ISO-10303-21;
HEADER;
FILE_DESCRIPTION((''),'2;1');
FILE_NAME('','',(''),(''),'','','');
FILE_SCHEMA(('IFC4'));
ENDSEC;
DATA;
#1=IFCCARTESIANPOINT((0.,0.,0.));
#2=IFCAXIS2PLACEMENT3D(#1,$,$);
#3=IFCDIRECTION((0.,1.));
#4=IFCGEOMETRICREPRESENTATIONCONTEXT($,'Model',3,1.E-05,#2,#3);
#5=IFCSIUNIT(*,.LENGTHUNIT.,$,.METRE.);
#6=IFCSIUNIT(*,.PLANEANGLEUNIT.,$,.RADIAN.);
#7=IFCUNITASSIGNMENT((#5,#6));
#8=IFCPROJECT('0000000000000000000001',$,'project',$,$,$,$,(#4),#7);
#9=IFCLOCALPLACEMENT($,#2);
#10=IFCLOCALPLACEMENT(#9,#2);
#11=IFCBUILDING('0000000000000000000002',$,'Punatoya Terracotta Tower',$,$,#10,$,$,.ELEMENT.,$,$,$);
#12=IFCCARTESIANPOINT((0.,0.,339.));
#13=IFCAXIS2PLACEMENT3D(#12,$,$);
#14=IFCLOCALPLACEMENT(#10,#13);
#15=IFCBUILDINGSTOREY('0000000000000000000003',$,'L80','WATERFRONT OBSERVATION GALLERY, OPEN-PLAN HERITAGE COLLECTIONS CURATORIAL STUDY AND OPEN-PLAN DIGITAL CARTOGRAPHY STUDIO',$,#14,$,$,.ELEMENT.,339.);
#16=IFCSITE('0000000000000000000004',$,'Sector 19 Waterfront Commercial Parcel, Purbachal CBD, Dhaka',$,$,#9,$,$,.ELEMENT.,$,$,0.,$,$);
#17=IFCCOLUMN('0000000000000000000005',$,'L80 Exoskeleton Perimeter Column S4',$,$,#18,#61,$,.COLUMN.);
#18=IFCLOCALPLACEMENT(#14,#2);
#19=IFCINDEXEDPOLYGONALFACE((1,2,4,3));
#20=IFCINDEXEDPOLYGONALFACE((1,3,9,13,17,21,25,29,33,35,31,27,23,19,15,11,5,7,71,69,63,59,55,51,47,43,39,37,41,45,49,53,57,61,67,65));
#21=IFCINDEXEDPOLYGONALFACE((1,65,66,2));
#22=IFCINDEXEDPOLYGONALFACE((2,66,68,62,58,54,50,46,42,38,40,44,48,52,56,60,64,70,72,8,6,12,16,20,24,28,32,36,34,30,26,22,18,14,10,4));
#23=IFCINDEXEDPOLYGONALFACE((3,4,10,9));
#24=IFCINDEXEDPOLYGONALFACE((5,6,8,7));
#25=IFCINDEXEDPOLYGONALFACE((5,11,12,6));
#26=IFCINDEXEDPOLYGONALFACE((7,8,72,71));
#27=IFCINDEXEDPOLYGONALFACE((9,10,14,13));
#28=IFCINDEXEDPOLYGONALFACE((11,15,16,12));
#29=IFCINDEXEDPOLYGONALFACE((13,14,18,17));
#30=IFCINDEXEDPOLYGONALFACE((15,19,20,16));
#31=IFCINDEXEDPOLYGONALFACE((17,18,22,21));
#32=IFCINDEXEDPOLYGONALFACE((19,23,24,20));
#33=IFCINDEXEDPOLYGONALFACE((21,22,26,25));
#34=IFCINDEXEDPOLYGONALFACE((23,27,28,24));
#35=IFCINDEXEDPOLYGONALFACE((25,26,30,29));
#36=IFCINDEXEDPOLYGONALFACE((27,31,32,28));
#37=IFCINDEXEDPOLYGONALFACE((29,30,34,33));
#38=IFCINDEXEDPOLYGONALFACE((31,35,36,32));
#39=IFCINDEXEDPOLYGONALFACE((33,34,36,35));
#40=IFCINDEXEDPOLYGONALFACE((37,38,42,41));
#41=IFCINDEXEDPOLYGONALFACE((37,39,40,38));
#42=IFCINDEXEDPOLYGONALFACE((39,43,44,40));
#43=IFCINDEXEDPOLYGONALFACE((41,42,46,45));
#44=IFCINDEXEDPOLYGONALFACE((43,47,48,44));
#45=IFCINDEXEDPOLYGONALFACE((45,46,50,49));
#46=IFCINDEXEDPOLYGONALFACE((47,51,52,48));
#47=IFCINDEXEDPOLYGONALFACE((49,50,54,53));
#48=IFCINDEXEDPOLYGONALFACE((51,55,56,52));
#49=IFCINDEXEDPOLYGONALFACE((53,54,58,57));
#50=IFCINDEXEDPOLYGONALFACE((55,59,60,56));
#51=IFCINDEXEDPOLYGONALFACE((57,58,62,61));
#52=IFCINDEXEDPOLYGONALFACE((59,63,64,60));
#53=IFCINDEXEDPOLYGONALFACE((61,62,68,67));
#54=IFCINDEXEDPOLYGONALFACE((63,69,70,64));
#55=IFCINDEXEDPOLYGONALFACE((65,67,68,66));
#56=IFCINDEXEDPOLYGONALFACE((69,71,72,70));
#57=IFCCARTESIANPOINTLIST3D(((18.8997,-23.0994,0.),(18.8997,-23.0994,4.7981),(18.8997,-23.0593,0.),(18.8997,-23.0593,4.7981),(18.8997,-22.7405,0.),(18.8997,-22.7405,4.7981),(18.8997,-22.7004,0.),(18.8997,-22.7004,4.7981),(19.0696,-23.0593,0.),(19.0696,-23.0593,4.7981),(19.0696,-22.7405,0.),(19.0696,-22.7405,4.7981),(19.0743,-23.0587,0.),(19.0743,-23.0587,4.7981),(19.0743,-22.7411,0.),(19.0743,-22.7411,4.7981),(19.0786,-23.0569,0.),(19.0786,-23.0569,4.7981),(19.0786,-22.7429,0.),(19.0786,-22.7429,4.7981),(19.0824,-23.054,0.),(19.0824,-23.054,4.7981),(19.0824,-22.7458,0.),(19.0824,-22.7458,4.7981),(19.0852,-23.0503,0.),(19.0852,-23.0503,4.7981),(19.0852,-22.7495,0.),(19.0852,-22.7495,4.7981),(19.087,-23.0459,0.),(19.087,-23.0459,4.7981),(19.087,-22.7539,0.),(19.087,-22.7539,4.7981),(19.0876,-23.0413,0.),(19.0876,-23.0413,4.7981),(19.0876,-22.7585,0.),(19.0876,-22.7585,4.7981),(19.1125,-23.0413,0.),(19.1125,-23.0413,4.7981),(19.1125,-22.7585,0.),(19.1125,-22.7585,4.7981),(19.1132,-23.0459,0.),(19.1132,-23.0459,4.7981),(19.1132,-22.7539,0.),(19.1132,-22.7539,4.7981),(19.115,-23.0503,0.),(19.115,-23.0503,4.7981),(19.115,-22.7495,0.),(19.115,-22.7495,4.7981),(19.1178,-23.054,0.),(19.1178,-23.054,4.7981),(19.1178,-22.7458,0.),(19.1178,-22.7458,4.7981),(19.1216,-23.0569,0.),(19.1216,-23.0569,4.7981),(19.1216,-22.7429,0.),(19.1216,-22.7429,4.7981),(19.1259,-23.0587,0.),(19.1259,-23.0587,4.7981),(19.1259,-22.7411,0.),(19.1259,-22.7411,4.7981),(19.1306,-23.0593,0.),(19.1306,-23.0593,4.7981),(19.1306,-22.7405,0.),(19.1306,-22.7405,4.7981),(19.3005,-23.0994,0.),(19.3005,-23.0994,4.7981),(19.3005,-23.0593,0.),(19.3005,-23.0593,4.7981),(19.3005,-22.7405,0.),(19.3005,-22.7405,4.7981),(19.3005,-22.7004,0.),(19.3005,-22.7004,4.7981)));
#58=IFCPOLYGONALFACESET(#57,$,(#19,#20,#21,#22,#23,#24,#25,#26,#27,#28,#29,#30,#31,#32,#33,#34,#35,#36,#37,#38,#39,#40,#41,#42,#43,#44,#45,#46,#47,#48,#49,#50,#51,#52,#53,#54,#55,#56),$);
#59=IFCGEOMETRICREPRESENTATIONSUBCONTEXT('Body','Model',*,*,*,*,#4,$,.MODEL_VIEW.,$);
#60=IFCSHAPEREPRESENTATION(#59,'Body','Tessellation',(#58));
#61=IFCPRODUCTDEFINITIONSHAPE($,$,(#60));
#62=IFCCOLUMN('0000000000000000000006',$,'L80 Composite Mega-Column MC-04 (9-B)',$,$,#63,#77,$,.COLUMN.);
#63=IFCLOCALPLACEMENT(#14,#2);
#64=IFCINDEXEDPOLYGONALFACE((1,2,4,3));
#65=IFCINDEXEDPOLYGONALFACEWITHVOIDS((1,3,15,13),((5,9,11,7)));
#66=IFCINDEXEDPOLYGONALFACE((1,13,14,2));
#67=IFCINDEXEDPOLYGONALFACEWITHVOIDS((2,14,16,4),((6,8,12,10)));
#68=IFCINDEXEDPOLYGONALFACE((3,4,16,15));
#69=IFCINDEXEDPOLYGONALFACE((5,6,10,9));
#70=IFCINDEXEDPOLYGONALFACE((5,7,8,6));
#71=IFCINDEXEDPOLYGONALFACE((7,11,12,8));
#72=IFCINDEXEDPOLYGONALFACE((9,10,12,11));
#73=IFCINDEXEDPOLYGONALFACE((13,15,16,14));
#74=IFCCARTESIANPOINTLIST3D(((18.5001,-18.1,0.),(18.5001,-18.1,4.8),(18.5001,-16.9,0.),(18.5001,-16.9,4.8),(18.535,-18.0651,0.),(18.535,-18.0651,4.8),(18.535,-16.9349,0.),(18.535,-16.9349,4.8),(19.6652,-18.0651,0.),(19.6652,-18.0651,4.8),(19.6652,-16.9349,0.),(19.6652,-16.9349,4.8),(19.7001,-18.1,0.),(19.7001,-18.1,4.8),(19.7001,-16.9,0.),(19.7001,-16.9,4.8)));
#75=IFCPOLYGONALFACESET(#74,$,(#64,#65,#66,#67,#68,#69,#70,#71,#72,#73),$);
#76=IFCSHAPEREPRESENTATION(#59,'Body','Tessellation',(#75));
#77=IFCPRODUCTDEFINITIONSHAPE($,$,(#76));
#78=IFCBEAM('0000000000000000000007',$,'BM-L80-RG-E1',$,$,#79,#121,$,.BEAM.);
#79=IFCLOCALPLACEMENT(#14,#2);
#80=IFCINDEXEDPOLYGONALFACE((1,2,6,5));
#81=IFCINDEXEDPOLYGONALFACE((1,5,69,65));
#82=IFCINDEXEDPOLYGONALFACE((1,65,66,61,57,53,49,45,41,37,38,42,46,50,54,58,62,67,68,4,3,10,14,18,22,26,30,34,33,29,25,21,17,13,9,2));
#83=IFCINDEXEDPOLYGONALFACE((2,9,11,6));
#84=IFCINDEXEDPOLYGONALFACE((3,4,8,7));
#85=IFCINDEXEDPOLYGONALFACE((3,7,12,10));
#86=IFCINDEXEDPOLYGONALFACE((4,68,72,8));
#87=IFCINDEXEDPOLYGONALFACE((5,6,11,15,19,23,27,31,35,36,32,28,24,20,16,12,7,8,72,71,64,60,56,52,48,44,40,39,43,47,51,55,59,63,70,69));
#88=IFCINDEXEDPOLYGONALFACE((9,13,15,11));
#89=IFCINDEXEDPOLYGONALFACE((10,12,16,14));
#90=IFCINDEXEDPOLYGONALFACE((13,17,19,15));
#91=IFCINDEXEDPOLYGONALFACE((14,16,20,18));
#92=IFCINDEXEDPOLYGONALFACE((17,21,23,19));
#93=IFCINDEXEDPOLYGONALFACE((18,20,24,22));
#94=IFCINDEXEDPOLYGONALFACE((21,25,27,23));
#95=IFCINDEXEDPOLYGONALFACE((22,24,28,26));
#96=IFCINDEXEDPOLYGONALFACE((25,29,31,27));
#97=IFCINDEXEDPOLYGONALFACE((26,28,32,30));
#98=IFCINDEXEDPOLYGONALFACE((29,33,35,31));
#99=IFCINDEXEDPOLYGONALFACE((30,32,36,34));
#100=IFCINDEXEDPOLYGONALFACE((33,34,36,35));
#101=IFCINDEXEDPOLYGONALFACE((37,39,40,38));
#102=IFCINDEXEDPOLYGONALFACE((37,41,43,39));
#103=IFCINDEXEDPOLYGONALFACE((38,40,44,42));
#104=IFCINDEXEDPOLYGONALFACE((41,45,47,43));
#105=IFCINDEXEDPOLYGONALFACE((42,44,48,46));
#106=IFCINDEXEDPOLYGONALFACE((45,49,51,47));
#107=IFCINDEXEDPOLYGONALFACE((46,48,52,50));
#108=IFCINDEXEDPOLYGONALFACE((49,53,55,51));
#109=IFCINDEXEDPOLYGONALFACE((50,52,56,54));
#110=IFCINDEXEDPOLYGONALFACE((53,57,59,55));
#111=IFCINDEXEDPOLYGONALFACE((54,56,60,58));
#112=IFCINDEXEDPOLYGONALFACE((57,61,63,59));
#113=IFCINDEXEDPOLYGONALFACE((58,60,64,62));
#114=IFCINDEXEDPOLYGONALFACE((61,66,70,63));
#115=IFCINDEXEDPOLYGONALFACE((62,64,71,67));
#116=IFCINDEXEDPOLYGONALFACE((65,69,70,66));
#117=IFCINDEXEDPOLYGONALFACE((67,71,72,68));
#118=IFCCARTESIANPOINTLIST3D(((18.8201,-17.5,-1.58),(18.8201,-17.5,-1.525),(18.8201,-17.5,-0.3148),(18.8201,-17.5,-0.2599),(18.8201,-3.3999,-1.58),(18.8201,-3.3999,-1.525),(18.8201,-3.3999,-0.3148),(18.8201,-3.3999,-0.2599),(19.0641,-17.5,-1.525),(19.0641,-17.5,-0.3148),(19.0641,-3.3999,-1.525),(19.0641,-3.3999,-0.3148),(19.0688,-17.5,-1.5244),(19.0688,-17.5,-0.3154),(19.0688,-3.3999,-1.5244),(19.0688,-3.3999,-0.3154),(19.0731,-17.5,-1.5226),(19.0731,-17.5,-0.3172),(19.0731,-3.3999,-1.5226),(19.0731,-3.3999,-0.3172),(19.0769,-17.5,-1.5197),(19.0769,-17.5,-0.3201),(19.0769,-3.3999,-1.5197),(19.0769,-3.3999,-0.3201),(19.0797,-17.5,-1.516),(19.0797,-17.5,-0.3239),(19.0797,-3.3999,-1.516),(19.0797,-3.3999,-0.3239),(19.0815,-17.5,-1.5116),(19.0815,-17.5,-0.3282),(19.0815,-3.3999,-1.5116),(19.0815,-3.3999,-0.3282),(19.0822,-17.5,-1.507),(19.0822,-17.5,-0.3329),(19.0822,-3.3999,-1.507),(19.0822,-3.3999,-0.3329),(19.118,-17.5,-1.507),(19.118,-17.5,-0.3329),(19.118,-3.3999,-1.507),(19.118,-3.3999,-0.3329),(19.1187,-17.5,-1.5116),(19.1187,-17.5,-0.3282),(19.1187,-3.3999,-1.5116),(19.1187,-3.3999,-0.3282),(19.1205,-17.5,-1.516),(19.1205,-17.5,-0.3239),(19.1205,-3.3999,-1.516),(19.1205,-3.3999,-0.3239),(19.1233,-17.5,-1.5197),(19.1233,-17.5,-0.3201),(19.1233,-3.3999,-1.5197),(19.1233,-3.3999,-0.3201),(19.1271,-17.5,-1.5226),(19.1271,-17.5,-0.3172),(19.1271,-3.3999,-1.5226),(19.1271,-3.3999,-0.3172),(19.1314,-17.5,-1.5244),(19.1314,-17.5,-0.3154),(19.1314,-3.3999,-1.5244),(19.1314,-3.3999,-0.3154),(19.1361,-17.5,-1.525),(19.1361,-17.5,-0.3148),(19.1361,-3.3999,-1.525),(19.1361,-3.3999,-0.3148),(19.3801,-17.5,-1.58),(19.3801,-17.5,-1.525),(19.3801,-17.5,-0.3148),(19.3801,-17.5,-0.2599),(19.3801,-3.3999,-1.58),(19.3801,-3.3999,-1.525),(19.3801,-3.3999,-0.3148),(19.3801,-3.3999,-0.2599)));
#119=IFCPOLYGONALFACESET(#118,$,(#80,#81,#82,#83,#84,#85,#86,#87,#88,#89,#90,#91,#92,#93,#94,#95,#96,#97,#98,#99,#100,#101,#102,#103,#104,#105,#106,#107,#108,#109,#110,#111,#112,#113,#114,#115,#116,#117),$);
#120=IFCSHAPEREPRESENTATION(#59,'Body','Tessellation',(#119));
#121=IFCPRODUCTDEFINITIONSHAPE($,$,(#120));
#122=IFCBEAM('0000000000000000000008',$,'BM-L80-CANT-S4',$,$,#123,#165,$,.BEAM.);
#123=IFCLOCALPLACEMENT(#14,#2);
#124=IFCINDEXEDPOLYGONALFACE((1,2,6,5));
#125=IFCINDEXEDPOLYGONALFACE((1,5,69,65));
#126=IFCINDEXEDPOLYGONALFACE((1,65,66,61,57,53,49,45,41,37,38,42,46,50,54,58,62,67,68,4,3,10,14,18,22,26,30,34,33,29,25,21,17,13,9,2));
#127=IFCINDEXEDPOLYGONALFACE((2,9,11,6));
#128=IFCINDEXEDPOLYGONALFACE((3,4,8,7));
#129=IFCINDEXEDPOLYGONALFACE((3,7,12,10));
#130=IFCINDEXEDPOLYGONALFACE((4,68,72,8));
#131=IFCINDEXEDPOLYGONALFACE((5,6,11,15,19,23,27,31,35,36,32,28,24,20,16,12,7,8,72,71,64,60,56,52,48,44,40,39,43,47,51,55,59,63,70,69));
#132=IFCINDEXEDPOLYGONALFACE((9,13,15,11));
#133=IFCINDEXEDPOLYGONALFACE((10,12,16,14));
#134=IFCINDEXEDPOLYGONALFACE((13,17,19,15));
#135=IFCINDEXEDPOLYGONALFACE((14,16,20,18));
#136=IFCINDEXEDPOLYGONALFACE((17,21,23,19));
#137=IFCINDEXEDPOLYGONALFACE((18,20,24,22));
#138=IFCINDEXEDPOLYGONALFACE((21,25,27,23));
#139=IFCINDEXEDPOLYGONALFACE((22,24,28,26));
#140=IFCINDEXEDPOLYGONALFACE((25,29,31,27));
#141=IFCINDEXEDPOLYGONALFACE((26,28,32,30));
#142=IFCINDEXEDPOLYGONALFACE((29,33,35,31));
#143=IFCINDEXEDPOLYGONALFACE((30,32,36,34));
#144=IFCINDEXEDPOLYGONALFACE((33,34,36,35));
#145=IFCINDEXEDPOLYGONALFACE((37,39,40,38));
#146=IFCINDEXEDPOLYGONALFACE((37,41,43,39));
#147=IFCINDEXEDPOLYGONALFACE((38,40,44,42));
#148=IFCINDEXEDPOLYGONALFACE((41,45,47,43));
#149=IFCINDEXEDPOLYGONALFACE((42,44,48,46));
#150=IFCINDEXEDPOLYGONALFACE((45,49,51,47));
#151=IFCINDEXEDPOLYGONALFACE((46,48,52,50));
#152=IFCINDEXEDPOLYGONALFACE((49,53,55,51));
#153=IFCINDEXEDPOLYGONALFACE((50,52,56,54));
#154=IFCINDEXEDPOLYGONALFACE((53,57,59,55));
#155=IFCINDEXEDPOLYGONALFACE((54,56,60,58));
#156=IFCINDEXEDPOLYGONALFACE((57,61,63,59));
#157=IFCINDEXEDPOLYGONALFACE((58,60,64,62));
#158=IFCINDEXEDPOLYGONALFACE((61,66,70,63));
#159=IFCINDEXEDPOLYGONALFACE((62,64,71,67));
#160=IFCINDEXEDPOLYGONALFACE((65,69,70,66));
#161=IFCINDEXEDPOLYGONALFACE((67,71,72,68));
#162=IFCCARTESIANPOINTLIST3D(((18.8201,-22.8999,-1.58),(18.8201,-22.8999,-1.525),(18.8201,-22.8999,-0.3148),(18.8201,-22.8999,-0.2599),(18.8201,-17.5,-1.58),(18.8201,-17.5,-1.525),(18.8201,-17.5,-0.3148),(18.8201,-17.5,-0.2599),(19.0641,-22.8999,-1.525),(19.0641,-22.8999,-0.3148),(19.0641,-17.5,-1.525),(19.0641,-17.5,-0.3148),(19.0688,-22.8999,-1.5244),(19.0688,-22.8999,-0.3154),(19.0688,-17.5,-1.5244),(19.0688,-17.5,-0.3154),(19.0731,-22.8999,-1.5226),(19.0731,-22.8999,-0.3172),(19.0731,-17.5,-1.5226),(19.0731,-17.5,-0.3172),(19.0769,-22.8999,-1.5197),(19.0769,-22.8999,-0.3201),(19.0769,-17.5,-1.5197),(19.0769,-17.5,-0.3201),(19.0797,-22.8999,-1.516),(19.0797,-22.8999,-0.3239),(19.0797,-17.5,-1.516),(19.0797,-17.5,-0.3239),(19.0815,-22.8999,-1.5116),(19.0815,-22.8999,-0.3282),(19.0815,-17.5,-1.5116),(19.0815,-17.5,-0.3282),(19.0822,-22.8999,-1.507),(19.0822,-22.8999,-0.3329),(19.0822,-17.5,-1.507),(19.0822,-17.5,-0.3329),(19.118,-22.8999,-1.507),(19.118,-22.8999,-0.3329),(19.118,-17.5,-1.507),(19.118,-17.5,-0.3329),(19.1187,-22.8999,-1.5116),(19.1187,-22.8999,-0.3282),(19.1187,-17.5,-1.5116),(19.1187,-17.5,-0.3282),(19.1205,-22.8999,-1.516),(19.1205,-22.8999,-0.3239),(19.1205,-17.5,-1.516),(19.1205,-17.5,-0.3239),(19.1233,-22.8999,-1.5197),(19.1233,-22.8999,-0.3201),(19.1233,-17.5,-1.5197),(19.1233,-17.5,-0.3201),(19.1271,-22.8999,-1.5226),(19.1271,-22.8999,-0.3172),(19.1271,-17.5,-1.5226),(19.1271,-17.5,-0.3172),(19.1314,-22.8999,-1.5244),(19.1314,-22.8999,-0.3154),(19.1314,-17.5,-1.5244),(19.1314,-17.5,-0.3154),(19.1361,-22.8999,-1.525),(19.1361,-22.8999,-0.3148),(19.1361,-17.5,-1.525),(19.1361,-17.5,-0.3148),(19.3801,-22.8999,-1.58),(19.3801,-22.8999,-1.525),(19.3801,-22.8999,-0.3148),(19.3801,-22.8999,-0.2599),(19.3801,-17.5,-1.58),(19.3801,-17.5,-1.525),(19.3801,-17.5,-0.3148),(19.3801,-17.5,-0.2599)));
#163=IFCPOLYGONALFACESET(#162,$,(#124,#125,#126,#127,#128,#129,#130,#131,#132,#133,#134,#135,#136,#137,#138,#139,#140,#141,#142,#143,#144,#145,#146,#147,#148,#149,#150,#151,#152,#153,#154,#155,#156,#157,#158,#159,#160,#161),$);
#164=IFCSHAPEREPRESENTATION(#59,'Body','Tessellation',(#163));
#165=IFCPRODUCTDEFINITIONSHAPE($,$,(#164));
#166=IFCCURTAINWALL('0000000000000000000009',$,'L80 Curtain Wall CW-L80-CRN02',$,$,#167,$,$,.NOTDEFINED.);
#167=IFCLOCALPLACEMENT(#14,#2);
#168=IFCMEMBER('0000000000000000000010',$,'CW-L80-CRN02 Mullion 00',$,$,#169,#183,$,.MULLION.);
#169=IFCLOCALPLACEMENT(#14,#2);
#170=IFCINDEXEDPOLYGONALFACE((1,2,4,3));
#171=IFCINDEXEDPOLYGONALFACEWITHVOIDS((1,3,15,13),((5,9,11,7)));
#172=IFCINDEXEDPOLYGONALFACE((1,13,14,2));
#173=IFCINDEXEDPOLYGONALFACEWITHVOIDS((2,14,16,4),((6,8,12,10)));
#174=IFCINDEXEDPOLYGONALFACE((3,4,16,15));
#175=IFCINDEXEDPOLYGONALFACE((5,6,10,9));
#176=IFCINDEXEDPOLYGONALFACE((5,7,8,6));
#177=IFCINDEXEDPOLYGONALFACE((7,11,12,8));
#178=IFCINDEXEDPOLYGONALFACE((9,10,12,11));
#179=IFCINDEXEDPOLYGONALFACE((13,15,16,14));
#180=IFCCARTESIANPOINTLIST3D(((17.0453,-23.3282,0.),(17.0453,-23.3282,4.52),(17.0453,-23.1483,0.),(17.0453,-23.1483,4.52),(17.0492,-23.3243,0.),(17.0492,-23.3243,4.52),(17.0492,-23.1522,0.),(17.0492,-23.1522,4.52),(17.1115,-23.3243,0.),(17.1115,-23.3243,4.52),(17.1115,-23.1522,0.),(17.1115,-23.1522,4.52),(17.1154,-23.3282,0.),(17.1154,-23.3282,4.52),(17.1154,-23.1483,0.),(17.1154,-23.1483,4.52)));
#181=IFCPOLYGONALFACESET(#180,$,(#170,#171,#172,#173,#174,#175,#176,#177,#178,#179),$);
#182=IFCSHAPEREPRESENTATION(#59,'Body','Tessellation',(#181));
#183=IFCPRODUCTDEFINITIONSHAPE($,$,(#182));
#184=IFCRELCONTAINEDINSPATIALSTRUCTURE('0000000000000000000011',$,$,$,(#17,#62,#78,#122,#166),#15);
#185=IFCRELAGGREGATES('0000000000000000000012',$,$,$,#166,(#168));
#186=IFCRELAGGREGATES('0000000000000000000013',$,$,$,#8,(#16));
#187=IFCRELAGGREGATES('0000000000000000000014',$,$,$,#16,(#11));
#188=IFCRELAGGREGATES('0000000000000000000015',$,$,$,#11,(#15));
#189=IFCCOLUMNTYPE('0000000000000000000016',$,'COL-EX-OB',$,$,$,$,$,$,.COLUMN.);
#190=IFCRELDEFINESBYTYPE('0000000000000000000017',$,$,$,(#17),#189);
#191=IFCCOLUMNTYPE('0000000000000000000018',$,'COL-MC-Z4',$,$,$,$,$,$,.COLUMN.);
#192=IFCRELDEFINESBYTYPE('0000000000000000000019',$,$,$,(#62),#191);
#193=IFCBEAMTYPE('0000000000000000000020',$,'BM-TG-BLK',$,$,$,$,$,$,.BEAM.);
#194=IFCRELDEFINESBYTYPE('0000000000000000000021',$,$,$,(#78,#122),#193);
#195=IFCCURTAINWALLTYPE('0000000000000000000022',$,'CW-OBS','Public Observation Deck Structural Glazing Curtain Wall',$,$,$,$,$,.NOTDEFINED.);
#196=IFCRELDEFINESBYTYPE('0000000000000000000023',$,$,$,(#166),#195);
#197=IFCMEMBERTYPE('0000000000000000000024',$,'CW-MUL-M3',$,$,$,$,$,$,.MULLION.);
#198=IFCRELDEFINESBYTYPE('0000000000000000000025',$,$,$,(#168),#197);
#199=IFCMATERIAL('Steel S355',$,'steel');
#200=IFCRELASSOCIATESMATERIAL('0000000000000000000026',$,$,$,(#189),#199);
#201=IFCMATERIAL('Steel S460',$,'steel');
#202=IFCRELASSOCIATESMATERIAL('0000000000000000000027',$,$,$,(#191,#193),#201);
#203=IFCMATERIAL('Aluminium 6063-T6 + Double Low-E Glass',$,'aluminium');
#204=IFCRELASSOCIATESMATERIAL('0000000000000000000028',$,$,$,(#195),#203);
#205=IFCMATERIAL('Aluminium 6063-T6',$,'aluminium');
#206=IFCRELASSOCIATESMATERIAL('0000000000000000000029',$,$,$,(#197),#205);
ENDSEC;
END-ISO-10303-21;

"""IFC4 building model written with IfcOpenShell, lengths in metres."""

from ifc_helpers import new_model, si_unit, direction, frame, origin, origin_2d, place, context, subcontext, project, spatial, hollow_rectangle, i_section, extrude, material, material_profile, profile_set, type_object, element, aggregate, save


model = new_model("IFC4")

# Units and contexts
model_context = context("Model", 3, precision=1e-05, world=origin(), true_north=direction((0.0, 1.0)))
body_context = subcontext(model_context, "Body", "Model", "MODEL_VIEW")
ifc_project = project(units=[si_unit("LENGTHUNIT", "METRE"), si_unit("PLANEANGLEUNIT", "RADIAN")], contexts=[model_context])

# Site, building, storey
site_placement = place(None, origin())
site = spatial("IfcSite", under=ifc_project, at=site_placement, Name="Sector 19 Waterfront Commercial Parcel, Purbachal CBD, Dhaka", CompositionType="ELEMENT", RefElevation=0.0)
building_placement = place(site_placement, origin())
building = spatial("IfcBuilding", under=site, at=building_placement, Name="Punatoya Terracotta Tower", CompositionType="ELEMENT")
storey_placement = place(building_placement, frame((0.0, 0.0, 339.0)))
storey = spatial("IfcBuildingStorey", under=building, at=storey_placement, Name="L80", Description="WATERFRONT OBSERVATION GALLERY, OPEN-PLAN HERITAGE COLLECTIONS CURATORIAL STUDY AND OPEN-PLAN DIGITAL CARTOGRAPHY STUDIO", CompositionType="ELEMENT", Elevation=339.0)

# Columns
ifc_material_1 = material(Name="Steel S355", Category="steel")
ifc_material_profile_1 = material_profile(ifc_material_1, i_section(OverallWidth=0.4009, OverallDepth=0.3989, WebThickness=0.0249, FlangeThickness=0.04, FilletRadius=0.0181, at=origin_2d()))
ifc_profile_set_1 = profile_set([ifc_material_profile_1], Name="Steel S355")
column_type_1 = type_object("IfcColumnType", Name="COL-EX-OB", PredefinedType="COLUMN", material=ifc_profile_set_1)
column_1_placement = place(storey_placement, frame((19.1001, -22.8999, 0.0), z_axis=(0.0, 0.0, 1.0), x_axis=(1.0, 0.0, 0.0)))
element("IfcColumn", 1, at=column_1_placement, inside=storey, type_object=column_type_1, Name="L80 Exoskeleton Perimeter Column S4", PredefinedType="COLUMN", context=body_context, shape_type="SweptSolid", body=[
    extrude(i_section(OverallWidth=0.4009, OverallDepth=0.3989, WebThickness=0.0249, FlangeThickness=0.04, FilletRadius=0.0181, at=origin_2d()), origin(), (0.0, 0.0, 1.0), 4.7981),
])
ifc_material_2 = material(Name="Steel S460", Category="steel")
ifc_material_profile_2 = material_profile(ifc_material_2, hollow_rectangle(XDim=1.2, YDim=1.2, WallThickness=0.0349, at=origin_2d()))
ifc_profile_set_2 = profile_set([ifc_material_profile_2], Name="Steel S460")
column_type_2 = type_object("IfcColumnType", Name="COL-MC-Z4", PredefinedType="COLUMN", material=ifc_profile_set_2)
column_2_placement = place(storey_placement, frame((19.1001, -17.5, 0.0), z_axis=(0.0, 0.0, 1.0), x_axis=(1.0, 0.0, 0.0)))
element("IfcColumn", 2, at=column_2_placement, inside=storey, type_object=column_type_2, Name="L80 Composite Mega-Column MC-04 (9-B)", PredefinedType="COLUMN", context=body_context, shape_type="SweptSolid", body=[
    extrude(hollow_rectangle(XDim=1.2, YDim=1.2, WallThickness=0.0349, at=origin_2d()), origin(), (0.0, 0.0, 1.0), 4.8),
])

# Beams
ifc_material_profile_3 = material_profile(ifc_material_2, i_section(OverallWidth=0.5601, OverallDepth=1.3201, WebThickness=0.0359, FlangeThickness=0.0549, FilletRadius=0.0181, at=origin_2d()))
ifc_profile_set_3 = profile_set([ifc_material_profile_3], Name="Steel S460")
beam_type = type_object("IfcBeamType", Name="BM-TG-BLK", PredefinedType="BEAM", material=ifc_profile_set_3)
beam_1_placement = place(storey_placement, frame((19.1001, -17.5, -0.9199), z_axis=(0.0, 1.0, 0.0), x_axis=(-1.0, 0.0, 0.0)))
element("IfcBeam", 3, at=beam_1_placement, inside=storey, type_object=beam_type, Name="BM-L80-RG-E1", PredefinedType="BEAM", context=body_context, shape_type="SweptSolid", body=[
    extrude(i_section(OverallWidth=0.5601, OverallDepth=1.3201, WebThickness=0.0359, FlangeThickness=0.0549, FilletRadius=0.0181, at=origin_2d()), origin(), (0.0, 0.0, 1.0), 14.1001),
])
beam_2_placement = place(storey_placement, frame((19.1001, -22.8999, -0.9199), z_axis=(0.0, 1.0, 0.0), x_axis=(-1.0, 0.0, 0.0)))
element("IfcBeam", 4, at=beam_2_placement, inside=storey, type_object=beam_type, Name="BM-L80-CANT-S4", PredefinedType="BEAM", context=body_context, shape_type="SweptSolid", body=[
    extrude(i_section(OverallWidth=0.5601, OverallDepth=1.3201, WebThickness=0.0359, FlangeThickness=0.0549, FilletRadius=0.0181, at=origin_2d()), origin(), (0.0, 0.0, 1.0), 5.3999),
])

# Curtain wall, member
ifc_material_3 = material(Name="Aluminium 6063-T6 + Double Low-E Glass", Category="aluminium")
curtain_wall_type = type_object("IfcCurtainWallType", Name="CW-OBS", Description="Public Observation Deck Structural Glazing Curtain Wall", PredefinedType="NOTDEFINED", material=ifc_material_3)
curtain_wall_1_placement = place(storey_placement, origin())
curtain_wall_1 = element("IfcCurtainWall", 5, at=curtain_wall_1_placement, inside=storey, type_object=curtain_wall_type, Name="L80 Curtain Wall CW-L80-CRN02", PredefinedType="NOTDEFINED")
ifc_material_4 = material(Name="Aluminium 6063-T6", Category="aluminium")
ifc_material_profile_4 = material_profile(ifc_material_4, hollow_rectangle(XDim=0.0701, YDim=0.1799, WallThickness=0.0039, at=origin_2d()))
ifc_profile_set_4 = profile_set([ifc_material_profile_4], Name="Aluminium 6063-T6")
member_type_1 = type_object("IfcMemberType", Name="CW-MUL-M3", PredefinedType="MULLION", material=ifc_profile_set_4)
member_1_placement = place(storey_placement, frame((17.0803, -23.2383, 0.0), z_axis=(0.0, 0.0, 1.0), x_axis=(1.0, 0.0, 0.0)))
member_1 = element("IfcMember", 6, at=member_1_placement, type_object=member_type_1, Name="CW-L80-CRN02 Mullion 00", PredefinedType="MULLION", context=body_context, shape_type="SweptSolid", body=[
    extrude(hollow_rectangle(XDim=0.0701, YDim=0.1799, WallThickness=0.0039, at=origin_2d()), origin(), (0.0, 0.0, 1.0), 4.52),
])

aggregate(curtain_wall_1, [member_1])

save(model, "model.ifc")
